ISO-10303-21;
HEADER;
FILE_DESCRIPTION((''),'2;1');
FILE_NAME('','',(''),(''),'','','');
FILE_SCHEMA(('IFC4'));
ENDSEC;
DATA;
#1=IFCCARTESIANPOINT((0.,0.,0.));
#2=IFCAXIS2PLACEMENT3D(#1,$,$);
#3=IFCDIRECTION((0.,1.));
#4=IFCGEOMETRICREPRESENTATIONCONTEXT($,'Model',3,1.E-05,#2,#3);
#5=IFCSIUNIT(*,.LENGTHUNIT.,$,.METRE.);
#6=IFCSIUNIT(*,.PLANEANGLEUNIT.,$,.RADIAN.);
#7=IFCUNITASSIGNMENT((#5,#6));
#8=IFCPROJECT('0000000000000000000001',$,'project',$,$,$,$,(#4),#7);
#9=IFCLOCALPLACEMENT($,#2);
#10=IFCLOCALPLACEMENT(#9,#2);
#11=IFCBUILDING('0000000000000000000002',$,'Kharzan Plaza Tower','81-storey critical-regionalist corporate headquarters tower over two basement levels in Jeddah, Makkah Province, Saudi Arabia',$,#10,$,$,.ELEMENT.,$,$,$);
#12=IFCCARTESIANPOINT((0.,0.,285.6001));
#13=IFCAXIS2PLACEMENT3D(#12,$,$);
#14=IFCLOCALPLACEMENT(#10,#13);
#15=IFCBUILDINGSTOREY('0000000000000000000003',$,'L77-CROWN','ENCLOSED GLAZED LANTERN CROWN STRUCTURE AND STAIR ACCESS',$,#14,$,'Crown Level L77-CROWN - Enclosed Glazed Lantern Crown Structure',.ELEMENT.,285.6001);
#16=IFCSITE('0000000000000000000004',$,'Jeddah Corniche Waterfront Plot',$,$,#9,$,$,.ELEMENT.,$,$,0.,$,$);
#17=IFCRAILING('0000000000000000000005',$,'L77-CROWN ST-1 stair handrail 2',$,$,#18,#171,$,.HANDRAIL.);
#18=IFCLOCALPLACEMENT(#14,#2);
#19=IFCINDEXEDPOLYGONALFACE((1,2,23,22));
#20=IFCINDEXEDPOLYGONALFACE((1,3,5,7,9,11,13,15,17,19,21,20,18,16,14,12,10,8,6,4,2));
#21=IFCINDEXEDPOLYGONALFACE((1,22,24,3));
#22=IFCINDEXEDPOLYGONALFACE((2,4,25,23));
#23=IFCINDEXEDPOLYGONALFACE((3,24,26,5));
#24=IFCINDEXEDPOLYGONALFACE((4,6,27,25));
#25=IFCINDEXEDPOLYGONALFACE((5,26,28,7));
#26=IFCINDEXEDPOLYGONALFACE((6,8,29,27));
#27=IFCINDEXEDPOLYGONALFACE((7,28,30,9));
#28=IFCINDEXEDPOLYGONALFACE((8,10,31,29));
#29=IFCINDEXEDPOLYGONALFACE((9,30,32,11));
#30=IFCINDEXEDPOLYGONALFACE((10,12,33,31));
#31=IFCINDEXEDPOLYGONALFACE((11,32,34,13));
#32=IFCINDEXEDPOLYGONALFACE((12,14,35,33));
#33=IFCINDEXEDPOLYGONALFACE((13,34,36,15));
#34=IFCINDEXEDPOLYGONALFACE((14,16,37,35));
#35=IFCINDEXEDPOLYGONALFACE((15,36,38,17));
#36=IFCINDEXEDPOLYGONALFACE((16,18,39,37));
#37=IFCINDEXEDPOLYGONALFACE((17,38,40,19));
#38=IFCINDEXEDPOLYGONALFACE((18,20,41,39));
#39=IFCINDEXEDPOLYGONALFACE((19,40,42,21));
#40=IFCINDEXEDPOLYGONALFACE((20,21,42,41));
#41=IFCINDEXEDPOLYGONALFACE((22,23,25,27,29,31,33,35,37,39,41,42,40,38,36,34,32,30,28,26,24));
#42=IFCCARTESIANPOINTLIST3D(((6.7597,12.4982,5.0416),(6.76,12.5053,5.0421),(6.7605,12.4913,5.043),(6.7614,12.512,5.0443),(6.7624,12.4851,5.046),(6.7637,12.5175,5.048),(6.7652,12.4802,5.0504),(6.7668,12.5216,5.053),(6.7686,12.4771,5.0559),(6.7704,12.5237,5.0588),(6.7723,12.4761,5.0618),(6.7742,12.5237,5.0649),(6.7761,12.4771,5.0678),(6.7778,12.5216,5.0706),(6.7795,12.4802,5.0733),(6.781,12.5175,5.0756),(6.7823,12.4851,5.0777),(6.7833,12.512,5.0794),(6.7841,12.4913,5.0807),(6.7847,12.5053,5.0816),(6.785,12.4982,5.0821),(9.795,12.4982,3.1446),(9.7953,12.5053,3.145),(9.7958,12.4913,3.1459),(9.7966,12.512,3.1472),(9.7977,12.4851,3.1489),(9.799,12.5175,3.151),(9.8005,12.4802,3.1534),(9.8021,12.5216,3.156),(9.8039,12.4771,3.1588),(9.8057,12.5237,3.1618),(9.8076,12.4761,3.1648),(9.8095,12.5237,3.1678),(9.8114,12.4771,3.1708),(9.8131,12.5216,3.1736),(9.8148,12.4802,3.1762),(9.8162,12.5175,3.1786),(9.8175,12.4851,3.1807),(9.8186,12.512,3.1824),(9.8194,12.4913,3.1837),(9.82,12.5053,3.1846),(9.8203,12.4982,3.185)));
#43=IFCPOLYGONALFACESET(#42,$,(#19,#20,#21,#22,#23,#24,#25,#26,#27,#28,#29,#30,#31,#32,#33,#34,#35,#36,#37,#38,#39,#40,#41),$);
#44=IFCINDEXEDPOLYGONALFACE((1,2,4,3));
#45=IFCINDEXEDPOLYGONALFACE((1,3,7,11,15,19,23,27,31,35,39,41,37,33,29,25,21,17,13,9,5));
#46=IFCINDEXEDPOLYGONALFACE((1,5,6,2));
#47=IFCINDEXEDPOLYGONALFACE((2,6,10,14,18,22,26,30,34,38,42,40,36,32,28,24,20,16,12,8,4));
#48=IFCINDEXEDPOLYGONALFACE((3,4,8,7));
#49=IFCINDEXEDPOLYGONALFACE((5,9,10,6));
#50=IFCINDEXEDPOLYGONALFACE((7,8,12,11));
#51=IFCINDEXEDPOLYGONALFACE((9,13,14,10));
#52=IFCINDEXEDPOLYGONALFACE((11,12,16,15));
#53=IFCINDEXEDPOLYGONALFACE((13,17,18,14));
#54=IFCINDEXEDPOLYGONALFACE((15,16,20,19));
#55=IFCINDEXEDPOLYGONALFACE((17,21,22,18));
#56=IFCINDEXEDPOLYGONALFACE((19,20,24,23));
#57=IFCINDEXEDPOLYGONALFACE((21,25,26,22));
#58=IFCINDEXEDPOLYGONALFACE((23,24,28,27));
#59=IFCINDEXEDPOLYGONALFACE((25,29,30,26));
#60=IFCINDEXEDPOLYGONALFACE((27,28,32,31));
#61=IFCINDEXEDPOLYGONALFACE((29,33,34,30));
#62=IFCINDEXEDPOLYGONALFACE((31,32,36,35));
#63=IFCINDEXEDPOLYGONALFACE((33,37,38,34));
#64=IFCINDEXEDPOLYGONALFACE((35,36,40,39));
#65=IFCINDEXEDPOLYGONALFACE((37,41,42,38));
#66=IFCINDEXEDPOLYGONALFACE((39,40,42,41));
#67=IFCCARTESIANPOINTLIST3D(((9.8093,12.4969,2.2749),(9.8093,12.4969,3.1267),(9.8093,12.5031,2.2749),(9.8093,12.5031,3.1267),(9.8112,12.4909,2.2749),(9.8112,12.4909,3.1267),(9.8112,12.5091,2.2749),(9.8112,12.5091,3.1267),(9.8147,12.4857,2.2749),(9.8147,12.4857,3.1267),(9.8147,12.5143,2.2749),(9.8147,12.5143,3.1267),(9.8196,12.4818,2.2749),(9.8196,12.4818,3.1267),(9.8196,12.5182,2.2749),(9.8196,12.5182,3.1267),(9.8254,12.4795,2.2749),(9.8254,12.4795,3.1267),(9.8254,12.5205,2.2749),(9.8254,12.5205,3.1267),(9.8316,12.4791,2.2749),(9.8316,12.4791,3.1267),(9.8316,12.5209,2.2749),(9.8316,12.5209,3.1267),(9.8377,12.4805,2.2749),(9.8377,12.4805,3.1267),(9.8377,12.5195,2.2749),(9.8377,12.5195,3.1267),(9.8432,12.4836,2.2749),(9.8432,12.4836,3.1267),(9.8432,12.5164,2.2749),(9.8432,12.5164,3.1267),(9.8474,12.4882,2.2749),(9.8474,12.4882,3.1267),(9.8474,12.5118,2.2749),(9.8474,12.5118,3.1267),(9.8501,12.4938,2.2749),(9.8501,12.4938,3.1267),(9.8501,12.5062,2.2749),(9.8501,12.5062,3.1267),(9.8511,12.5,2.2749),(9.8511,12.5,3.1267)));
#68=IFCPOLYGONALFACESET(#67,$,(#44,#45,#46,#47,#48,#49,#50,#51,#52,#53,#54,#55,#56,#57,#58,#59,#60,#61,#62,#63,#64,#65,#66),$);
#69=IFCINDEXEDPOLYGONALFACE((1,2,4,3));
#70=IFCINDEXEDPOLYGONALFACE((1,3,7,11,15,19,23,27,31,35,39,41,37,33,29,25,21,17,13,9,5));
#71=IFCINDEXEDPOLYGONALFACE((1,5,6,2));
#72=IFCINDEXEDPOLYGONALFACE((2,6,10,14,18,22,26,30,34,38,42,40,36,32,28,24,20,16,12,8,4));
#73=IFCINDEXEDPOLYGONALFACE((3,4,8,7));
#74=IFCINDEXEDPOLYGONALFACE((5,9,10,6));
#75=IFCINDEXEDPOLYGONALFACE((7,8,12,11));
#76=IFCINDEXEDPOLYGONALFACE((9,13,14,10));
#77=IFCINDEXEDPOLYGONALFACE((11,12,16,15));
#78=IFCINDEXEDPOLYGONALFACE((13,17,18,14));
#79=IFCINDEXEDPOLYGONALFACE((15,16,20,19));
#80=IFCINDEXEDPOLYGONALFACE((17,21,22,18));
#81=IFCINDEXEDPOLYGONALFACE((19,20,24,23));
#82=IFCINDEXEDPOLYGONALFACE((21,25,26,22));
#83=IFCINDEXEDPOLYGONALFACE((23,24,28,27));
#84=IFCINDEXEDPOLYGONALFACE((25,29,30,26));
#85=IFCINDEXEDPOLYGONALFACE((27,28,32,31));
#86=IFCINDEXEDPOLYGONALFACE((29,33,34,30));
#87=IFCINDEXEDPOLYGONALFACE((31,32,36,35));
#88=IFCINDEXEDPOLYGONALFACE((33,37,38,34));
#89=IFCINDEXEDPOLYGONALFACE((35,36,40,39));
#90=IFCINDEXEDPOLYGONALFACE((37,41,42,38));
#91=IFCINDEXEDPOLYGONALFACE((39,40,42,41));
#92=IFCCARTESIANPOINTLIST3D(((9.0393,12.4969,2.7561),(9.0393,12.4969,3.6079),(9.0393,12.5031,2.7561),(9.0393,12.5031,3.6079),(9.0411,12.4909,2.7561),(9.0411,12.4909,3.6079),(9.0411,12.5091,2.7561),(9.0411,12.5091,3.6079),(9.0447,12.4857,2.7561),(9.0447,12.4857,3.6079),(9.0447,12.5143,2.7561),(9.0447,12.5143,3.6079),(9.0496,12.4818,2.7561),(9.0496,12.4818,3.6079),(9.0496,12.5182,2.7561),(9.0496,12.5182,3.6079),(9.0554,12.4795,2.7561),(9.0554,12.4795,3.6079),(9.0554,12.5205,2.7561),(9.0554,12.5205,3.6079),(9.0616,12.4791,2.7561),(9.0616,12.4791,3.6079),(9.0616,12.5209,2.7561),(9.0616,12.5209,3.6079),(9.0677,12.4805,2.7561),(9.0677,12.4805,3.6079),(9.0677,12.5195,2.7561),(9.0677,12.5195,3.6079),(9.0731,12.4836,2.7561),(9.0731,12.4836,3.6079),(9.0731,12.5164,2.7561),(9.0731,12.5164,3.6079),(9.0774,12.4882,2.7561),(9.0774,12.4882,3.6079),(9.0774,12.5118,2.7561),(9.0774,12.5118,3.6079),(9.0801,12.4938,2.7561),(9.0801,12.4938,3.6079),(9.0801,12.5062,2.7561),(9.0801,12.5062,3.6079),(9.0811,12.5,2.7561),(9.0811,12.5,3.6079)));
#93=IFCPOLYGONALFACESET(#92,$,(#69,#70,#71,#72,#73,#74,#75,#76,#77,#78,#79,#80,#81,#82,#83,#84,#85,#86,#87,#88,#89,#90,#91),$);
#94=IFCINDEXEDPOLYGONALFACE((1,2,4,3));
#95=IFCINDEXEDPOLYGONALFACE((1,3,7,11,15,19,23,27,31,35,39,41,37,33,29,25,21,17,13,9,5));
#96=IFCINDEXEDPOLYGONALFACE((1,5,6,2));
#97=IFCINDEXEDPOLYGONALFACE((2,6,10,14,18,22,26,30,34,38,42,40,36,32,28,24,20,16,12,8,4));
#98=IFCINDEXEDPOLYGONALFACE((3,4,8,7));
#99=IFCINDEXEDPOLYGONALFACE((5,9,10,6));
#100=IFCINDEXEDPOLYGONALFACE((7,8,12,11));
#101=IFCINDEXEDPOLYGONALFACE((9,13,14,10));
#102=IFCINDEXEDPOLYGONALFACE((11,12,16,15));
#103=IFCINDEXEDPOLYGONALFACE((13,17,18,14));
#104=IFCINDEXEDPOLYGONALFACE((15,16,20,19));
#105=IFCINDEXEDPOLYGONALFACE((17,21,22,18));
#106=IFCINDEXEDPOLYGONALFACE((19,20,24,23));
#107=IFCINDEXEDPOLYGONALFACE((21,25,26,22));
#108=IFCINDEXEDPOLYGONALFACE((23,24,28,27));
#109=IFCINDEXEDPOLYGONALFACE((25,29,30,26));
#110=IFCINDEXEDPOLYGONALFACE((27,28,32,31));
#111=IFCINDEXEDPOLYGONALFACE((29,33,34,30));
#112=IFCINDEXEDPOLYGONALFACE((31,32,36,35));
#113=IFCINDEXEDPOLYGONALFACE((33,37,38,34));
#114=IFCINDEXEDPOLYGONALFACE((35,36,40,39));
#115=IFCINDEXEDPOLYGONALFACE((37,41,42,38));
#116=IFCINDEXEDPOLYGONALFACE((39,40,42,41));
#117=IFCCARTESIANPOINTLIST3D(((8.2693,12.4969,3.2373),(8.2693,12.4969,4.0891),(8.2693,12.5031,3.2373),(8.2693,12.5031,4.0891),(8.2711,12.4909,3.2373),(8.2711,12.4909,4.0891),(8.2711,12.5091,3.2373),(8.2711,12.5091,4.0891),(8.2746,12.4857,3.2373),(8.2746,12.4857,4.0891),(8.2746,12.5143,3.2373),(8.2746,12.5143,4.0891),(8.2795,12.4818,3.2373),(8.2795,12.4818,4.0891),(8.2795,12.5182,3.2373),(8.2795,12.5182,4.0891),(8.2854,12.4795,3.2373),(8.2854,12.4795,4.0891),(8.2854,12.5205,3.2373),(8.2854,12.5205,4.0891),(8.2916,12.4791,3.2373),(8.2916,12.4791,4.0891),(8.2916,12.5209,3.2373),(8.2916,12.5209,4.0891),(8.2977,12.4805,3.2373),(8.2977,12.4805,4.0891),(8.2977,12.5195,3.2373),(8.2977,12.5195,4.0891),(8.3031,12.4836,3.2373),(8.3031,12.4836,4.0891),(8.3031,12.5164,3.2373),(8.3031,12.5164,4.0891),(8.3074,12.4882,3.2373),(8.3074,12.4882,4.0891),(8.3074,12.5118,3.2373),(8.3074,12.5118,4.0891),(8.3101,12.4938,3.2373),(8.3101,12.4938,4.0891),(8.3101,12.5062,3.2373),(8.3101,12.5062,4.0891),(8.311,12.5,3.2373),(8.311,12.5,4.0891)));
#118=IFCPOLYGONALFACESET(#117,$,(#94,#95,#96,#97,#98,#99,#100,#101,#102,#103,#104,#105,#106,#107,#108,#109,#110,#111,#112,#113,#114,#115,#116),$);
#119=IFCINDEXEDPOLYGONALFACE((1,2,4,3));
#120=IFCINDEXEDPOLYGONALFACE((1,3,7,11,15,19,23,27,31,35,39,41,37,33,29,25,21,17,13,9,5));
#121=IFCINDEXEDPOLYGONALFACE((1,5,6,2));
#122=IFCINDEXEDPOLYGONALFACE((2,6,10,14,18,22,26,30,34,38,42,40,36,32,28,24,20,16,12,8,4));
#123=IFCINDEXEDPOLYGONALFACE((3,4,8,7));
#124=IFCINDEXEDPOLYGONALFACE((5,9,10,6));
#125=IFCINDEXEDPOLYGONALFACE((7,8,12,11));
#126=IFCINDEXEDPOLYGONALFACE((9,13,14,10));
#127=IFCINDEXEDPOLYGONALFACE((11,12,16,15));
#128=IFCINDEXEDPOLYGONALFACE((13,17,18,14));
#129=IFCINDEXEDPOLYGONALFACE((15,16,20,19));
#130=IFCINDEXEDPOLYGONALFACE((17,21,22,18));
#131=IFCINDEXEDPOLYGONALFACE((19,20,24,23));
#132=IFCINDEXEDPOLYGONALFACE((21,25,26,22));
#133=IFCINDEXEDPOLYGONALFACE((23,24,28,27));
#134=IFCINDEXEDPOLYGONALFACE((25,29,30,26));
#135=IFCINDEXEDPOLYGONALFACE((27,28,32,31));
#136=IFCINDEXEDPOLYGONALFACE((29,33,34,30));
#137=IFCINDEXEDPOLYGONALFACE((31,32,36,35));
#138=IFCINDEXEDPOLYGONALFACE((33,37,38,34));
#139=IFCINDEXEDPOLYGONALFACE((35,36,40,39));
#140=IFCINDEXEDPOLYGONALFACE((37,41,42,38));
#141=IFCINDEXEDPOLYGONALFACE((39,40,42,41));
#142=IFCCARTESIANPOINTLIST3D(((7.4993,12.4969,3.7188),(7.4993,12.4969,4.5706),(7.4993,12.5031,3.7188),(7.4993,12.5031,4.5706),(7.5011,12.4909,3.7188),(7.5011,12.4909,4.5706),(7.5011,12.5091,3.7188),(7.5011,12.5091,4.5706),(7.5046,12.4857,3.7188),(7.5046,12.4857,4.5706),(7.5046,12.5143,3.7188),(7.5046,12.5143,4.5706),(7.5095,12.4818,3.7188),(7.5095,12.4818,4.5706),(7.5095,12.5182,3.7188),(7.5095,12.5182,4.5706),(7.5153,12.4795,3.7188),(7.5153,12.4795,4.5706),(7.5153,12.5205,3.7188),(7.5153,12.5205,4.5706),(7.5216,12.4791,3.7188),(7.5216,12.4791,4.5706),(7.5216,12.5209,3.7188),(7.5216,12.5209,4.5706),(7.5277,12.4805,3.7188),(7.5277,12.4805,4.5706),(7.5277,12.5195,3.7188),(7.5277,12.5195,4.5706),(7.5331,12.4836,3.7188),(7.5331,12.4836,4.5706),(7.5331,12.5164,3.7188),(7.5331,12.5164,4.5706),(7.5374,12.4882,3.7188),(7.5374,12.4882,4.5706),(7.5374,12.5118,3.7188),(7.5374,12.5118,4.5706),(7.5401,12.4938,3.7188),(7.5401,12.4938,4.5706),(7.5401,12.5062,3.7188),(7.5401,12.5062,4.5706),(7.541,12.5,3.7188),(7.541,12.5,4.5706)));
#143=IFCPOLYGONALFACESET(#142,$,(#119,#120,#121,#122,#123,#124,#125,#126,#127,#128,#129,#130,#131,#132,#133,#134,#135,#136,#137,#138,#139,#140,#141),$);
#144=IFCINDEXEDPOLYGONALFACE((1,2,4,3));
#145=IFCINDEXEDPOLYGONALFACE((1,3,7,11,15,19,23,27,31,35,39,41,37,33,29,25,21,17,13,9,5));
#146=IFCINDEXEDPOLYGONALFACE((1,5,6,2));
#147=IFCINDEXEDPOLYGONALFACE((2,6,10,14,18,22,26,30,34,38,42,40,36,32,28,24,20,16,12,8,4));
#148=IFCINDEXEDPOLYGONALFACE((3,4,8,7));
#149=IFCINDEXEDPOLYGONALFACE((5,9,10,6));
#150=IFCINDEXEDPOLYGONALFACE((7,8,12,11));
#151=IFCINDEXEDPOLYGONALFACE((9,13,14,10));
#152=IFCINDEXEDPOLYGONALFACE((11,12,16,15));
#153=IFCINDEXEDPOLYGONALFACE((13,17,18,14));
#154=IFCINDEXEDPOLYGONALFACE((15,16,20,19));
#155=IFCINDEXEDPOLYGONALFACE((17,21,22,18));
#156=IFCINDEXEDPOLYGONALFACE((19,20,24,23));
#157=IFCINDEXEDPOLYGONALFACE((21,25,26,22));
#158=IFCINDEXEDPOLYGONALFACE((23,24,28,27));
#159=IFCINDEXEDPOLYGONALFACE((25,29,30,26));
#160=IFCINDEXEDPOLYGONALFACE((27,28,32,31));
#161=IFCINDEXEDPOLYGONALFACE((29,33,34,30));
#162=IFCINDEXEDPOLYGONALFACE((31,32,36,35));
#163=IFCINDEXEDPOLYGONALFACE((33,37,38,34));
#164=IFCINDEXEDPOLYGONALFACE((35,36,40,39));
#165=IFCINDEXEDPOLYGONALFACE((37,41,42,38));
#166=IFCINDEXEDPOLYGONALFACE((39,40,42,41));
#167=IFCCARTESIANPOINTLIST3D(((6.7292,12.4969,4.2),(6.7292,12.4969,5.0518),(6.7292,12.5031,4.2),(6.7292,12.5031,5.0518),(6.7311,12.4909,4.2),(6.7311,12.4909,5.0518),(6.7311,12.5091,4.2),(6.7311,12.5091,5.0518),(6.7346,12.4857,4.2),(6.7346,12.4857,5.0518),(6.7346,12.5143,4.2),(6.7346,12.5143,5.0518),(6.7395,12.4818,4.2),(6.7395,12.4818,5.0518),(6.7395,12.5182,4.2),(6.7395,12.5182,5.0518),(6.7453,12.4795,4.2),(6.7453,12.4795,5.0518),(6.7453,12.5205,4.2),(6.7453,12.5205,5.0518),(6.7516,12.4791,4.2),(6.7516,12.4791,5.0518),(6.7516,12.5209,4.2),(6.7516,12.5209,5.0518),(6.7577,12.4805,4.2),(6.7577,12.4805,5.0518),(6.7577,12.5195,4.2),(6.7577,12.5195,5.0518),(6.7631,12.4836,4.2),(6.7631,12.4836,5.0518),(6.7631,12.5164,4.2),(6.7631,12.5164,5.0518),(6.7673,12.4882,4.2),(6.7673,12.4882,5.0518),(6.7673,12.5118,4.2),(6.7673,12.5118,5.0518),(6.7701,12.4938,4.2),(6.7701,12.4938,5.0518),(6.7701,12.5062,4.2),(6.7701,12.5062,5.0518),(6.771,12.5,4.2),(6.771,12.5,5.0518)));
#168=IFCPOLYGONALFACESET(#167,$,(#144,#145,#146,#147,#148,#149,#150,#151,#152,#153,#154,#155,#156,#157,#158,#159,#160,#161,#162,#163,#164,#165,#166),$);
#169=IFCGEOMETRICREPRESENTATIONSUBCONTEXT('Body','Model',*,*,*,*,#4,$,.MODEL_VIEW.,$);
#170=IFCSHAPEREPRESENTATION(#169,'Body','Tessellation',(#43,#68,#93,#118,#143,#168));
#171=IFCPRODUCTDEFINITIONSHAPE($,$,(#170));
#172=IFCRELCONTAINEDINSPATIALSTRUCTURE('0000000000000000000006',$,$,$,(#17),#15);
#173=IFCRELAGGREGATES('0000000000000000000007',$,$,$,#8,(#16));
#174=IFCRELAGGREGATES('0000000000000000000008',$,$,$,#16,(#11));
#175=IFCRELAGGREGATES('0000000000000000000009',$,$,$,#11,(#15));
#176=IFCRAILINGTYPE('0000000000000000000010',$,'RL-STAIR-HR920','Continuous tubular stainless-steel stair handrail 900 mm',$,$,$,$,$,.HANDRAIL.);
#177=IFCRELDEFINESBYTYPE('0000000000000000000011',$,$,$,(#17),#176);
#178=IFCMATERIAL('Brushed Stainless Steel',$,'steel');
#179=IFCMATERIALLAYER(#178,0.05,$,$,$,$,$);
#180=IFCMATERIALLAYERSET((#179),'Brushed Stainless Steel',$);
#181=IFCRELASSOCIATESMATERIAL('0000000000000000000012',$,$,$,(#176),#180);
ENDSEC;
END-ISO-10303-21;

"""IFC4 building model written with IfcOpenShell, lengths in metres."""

from ifc_helpers import new_model, si_unit, direction, frame, origin, origin_2d, place, context, subcontext, project, spatial, circle, extrude, source, transform, mapped, material, layer, layer_set, type_object, element, save


model = new_model("IFC4")

# Units and contexts
model_context = context("Model", 3, precision=1e-05, world=origin(), true_north=direction((0.0, 1.0)))
body_context = subcontext(model_context, "Body", "Model", "MODEL_VIEW")
ifc_project = project(units=[si_unit("LENGTHUNIT", "METRE"), si_unit("PLANEANGLEUNIT", "RADIAN")], contexts=[model_context])

# Site, building, storey
site_placement = place(None, origin())
site = spatial("IfcSite", under=ifc_project, at=site_placement, Name="Jeddah Corniche Waterfront Plot", CompositionType="ELEMENT", RefElevation=0.0)
building_placement = place(site_placement, origin())
building = spatial("IfcBuilding", under=site, at=building_placement, Name="Kharzan Plaza Tower", Description="81-storey critical-regionalist corporate headquarters tower over two basement levels in Jeddah, Makkah Province, Saudi Arabia", CompositionType="ELEMENT")
storey_placement = place(building_placement, frame((0.0, 0.0, 285.6001)))
storey = spatial("IfcBuildingStorey", under=building, at=storey_placement, Name="L77-CROWN", Description="ENCLOSED GLAZED LANTERN CROWN STRUCTURE AND STAIR ACCESS", LongName="Crown Level L77-CROWN - Enclosed Glazed Lantern Crown Structure", CompositionType="ELEMENT", Elevation=285.6001)

# Shared definitions
ifc_material_1 = material(Name="Brushed Stainless Steel", Category="steel")

# Railing
ifc_layer_1 = layer(ifc_material_1, 0.05)
ifc_layer_set_1 = layer_set([ifc_layer_1], Name="Brushed Stainless Steel")
railing_type_1 = type_object("IfcRailingType", Name="RL-STAIR-HR920", Description="Continuous tubular stainless-steel stair handrail 900 mm", PredefinedType="HANDRAIL", material=ifc_layer_set_1)
shared_shape_1 = source(origin(), body_context, "Body", "SweptSolid", [
    extrude(circle(Radius=0.0239, at=origin_2d()), frame((-0.0225, 0.0, 0.8899), z_axis=(-0.847998, 0.0, 0.529999), x_axis=(0.0, -1.0, 0.0)), (0.0, 0.0, 1.0), 3.5793),
    extrude(circle(Radius=0.021, at=origin_2d()), origin(), (0.0, 0.0, 1.0), 0.8518),
    extrude(circle(Radius=0.021, at=origin_2d()), frame((-0.77, 0.0, 0.4812)), (0.0, 0.0, 1.0), 0.8518),
    extrude(circle(Radius=0.021, at=origin_2d()), frame((-1.54, 0.0, 0.9624)), (0.0, 0.0, 1.0), 0.8518),
    extrude(circle(Radius=0.021, at=origin_2d()), frame((-2.3101, 0.0, 1.4438)), (0.0, 0.0, 1.0), 0.8518),
    extrude(circle(Radius=0.021, at=origin_2d()), frame((-3.0801, 0.0, 1.925)), (0.0, 0.0, 1.0), 0.8518),
])
railing_1_placement = place(storey_placement, frame((9.8301, 12.5, 2.2749)))
element("IfcRailing", 1, at=railing_1_placement, inside=storey, type_object=railing_type_1, Name="L77-CROWN ST-1 stair handrail 2", PredefinedType="HANDRAIL", context=body_context, shape_type="MappedRepresentation", body=[
    mapped(shared_shape_1, transform((0.0, 0.0, 0.0), x_axis=(1.0, 0.0, 0.0), y_axis=(0.0, 1.0, 0.0), z_axis=(0.0, 0.0, 1.0))),
])

save(model, "model.ifc")
